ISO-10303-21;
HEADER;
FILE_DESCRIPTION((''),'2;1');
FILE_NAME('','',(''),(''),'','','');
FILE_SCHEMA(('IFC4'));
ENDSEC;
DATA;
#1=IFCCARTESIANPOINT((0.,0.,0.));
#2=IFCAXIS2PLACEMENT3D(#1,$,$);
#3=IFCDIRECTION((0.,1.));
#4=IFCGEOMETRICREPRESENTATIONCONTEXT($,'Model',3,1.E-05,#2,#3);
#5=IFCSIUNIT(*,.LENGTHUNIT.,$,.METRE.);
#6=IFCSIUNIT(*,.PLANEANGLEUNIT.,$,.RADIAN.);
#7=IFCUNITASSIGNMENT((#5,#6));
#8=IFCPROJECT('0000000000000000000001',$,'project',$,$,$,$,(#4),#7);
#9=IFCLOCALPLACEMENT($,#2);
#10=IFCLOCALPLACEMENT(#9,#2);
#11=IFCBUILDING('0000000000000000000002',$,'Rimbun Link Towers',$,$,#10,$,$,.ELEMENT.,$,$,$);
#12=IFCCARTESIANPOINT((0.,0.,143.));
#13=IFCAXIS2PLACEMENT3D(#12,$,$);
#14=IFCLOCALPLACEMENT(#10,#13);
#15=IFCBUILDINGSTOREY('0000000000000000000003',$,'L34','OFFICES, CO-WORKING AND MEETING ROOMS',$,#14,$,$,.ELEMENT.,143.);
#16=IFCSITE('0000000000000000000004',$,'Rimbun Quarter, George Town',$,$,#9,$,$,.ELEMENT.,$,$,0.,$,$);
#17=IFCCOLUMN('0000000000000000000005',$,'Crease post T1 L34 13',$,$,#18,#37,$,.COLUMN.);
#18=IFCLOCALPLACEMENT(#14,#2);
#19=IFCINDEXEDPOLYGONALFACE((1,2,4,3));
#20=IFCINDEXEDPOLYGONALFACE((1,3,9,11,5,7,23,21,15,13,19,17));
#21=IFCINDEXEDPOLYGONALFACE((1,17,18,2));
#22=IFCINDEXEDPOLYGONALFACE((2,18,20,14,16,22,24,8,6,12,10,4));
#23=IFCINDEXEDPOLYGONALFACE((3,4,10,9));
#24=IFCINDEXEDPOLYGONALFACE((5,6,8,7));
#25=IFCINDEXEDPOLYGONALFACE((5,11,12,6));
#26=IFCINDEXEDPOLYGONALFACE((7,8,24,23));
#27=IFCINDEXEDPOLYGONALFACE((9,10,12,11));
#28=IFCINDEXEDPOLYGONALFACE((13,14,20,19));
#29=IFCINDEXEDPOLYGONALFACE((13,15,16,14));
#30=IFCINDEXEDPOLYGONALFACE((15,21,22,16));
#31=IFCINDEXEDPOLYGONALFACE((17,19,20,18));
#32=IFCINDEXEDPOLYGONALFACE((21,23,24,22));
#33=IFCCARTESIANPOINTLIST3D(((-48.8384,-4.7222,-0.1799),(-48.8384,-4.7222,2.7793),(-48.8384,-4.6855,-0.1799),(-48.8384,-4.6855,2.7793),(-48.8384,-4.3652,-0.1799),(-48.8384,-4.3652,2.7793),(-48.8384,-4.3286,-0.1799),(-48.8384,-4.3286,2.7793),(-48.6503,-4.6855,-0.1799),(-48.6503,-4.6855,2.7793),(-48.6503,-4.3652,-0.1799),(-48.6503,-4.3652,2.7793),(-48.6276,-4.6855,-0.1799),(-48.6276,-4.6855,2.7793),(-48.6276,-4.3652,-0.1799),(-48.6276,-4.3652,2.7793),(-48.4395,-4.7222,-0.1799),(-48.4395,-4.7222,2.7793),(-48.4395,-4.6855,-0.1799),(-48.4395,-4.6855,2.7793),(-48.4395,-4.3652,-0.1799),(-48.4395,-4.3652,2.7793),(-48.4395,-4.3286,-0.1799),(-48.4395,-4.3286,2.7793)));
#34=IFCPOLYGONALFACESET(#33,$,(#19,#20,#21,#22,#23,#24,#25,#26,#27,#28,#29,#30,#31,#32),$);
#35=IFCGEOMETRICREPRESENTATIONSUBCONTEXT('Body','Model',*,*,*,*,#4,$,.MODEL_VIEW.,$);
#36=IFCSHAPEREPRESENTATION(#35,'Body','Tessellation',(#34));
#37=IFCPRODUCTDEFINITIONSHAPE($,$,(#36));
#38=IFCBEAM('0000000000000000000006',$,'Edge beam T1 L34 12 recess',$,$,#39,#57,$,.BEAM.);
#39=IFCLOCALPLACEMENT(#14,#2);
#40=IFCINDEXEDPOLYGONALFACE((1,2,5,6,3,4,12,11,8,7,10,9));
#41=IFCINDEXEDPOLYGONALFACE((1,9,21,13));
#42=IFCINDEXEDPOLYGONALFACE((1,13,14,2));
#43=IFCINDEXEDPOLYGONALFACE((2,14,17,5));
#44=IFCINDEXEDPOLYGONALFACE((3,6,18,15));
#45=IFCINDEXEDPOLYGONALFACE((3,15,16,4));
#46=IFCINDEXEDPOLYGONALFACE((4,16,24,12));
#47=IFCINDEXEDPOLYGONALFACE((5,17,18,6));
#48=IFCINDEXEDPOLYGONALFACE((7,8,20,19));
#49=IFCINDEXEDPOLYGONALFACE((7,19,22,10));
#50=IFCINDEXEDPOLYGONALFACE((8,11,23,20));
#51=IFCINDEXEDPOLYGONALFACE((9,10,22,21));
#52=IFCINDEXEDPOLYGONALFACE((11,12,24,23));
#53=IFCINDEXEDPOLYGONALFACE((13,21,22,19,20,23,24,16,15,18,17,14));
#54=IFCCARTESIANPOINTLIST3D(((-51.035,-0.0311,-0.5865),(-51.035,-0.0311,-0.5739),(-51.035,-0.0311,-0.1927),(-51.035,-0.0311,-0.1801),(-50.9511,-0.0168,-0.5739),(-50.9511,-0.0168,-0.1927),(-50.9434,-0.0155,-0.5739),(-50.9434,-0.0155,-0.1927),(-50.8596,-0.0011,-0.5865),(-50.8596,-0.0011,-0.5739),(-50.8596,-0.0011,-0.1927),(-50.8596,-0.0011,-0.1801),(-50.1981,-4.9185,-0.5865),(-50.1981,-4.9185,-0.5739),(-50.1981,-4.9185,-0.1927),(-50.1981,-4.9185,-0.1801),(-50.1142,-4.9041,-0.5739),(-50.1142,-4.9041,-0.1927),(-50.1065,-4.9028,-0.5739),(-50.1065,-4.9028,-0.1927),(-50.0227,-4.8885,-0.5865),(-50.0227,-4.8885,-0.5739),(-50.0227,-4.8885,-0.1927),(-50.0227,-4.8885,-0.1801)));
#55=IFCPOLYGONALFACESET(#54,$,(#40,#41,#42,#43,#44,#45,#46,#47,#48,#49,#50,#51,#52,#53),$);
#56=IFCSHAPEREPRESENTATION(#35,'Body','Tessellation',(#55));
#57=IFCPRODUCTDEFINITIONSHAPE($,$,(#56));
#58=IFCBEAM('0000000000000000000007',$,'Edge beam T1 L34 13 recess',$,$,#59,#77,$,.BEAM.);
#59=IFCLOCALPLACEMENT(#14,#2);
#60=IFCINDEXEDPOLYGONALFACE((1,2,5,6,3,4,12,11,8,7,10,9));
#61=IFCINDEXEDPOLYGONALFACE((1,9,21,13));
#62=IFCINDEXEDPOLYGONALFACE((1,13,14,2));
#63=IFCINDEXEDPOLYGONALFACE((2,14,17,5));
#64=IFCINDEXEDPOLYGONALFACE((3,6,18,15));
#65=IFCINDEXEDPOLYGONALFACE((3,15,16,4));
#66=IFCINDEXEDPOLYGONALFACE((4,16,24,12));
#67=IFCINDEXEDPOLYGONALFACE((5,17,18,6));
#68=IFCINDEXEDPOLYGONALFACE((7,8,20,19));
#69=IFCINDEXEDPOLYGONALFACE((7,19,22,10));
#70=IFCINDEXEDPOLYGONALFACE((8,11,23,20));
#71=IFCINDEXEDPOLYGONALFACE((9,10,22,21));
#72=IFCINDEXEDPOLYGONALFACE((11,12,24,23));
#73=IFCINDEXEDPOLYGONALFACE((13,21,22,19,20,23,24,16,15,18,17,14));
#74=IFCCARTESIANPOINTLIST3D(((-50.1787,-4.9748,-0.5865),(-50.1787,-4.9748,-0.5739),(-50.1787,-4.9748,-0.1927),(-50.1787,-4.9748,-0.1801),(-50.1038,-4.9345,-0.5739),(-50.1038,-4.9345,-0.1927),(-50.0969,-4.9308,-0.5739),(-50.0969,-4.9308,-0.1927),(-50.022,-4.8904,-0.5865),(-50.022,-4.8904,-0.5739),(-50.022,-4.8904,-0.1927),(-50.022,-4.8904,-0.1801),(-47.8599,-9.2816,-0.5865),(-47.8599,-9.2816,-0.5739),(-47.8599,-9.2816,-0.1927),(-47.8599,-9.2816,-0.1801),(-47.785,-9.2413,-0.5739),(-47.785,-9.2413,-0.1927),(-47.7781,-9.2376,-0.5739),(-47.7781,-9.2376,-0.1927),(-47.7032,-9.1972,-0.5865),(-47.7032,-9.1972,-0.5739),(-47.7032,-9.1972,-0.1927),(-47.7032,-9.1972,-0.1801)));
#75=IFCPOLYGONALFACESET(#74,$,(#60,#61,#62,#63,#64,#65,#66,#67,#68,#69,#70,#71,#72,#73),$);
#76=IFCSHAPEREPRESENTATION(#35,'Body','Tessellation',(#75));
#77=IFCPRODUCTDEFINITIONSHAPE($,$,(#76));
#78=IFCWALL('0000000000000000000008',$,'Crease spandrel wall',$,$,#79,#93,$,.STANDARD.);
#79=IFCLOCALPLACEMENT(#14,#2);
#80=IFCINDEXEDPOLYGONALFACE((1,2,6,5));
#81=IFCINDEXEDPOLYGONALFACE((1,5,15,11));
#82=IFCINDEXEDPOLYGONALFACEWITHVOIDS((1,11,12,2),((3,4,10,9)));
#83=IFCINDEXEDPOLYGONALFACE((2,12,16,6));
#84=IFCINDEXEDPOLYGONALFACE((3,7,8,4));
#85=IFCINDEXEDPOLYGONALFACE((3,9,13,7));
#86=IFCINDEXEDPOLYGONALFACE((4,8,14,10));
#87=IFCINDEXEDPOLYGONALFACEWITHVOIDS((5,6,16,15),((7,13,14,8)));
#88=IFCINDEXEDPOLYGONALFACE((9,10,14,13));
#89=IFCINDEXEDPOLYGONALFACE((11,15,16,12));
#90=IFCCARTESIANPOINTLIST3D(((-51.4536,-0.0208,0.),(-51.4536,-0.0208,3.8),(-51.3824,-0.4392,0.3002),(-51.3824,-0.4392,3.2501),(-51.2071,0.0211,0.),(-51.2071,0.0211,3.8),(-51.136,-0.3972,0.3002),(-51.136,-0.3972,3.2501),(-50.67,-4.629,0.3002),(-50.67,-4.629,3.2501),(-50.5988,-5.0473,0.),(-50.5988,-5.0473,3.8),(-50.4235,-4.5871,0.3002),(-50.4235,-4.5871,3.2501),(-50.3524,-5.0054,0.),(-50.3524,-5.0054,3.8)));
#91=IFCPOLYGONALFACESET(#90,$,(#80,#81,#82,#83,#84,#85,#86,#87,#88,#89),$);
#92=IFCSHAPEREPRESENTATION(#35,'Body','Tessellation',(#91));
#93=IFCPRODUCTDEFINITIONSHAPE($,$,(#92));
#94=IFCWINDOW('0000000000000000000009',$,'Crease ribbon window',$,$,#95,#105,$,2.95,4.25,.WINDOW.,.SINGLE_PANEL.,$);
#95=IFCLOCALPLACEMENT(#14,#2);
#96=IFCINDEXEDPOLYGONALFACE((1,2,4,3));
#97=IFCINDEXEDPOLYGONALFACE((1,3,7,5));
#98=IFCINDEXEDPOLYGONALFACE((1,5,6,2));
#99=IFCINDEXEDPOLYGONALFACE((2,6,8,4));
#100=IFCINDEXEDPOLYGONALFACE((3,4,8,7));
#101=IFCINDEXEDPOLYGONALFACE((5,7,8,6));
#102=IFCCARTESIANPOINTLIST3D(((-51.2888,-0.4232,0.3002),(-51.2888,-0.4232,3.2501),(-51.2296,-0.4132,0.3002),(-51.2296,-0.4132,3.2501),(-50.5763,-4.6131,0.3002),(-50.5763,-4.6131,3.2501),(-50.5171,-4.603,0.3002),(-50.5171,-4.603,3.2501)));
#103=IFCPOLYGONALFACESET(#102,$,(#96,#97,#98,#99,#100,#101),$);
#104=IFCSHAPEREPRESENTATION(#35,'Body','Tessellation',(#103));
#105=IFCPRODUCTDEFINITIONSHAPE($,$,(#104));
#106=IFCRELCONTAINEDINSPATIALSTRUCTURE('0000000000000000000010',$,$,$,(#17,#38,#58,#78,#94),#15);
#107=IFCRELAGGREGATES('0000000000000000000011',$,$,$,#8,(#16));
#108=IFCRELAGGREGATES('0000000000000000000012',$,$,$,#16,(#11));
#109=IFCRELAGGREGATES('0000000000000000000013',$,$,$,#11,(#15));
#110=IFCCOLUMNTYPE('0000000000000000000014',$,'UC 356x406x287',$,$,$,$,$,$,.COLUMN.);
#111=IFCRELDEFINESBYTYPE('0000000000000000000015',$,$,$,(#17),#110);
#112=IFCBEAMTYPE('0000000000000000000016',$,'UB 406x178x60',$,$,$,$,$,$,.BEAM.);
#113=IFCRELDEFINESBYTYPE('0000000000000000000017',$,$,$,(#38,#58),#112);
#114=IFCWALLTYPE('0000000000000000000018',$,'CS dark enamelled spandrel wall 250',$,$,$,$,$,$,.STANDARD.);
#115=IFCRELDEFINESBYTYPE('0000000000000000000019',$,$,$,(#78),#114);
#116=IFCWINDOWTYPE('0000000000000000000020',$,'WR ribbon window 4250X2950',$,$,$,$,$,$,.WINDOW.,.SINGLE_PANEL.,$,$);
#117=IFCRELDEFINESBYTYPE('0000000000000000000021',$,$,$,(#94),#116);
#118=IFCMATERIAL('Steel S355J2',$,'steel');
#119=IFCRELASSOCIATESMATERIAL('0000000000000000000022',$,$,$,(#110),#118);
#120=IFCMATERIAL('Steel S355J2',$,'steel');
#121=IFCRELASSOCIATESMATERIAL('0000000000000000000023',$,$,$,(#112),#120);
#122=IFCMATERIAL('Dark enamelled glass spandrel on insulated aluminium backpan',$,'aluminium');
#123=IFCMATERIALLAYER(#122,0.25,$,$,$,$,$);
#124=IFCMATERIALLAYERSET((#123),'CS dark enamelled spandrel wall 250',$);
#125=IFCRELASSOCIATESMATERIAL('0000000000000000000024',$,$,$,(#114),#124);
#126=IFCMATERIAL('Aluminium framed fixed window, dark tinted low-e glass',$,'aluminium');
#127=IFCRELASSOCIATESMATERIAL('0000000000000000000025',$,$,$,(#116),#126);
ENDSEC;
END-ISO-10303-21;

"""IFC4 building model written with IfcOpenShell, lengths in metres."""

from ifc_helpers import new_model, si_unit, direction, frame, frame_2d, origin, origin_2d, place, context, subcontext, project, spatial, rectangle, i_section, extrude, material, layer, layer_set, material_profile, profile_set, type_object, element, fill, save


model = new_model("IFC4")

# Units and contexts
model_context = context("Model", 3, precision=1e-05, world=origin(), true_north=direction((0.0, 1.0)))
body_context = subcontext(model_context, "Body", "Model", "MODEL_VIEW")
ifc_project = project(units=[si_unit("LENGTHUNIT", "METRE"), si_unit("PLANEANGLEUNIT", "RADIAN")], contexts=[model_context])

# Site, building, storey
site_placement = place(None, origin())
site = spatial("IfcSite", under=ifc_project, at=site_placement, Name="Rimbun Quarter, George Town", CompositionType="ELEMENT", RefElevation=0.0)
building_placement = place(site_placement, origin())
building = spatial("IfcBuilding", under=site, at=building_placement, Name="Rimbun Link Towers", CompositionType="ELEMENT")
storey_placement = place(building_placement, frame((0.0, 0.0, 143.0)))
storey = spatial("IfcBuildingStorey", under=building, at=storey_placement, Name="L34", Description="OFFICES, CO-WORKING AND MEETING ROOMS", CompositionType="ELEMENT", Elevation=143.0)

# Column
ifc_material_1 = material(Name="Steel S355J2", Category="steel")
ifc_material_profile_1 = material_profile(ifc_material_1, i_section(OverallWidth=0.3989, OverallDepth=0.3936, WebThickness=0.0227, FlangeThickness=0.0366, at=origin_2d()), Name="UC 356x406x287")
ifc_profile_set_1 = profile_set([ifc_material_profile_1], Name="Steel S355J2")
column_type = type_object("IfcColumnType", Name="UC 356x406x287", PredefinedType="COLUMN", material=ifc_profile_set_1)
column_placement = place(storey_placement, frame((-48.6389, -4.5254, -0.1799), z_axis=(0.0, 0.0, 1.0), x_axis=(1.0, 0.0, 0.0)))
element("IfcColumn", 1, at=column_placement, inside=storey, type_object=column_type, Name="Crease post T1 L34 13", PredefinedType="COLUMN", context=body_context, shape_type="SweptSolid", body=[
    extrude(i_section(OverallWidth=0.3989, OverallDepth=0.3936, WebThickness=0.0227, FlangeThickness=0.0366, at=origin_2d()), origin(), (0.0, 0.0, 1.0), 2.9592),
])

# Beams
ifc_material_2 = material(Name="Steel S355J2", Category="steel")
ifc_material_profile_2 = material_profile(ifc_material_2, i_section(OverallWidth=0.178, OverallDepth=0.4065, WebThickness=0.0078, FlangeThickness=0.0127, at=origin_2d()), Name="UB 406x178x60")
ifc_profile_set_2 = profile_set([ifc_material_profile_2], Name="Steel S355J2")
beam_type = type_object("IfcBeamType", Name="UB 406x178x60", PredefinedType="BEAM", material=ifc_profile_set_2)
beam_1_placement = place(storey_placement, frame((-50.9473, -0.0161, -0.3833), z_axis=(0.168781, -0.985654, 0.0), x_axis=(0.985654, 0.168781, 0.0)))
element("IfcBeam", 2, at=beam_1_placement, inside=storey, type_object=beam_type, Name="Edge beam T1 L34 12 recess", PredefinedType="BEAM", context=body_context, shape_type="SweptSolid", body=[
    extrude(i_section(OverallWidth=0.178, OverallDepth=0.4065, WebThickness=0.0078, FlangeThickness=0.0127, at=origin_2d()), origin(), (0.0, 0.0, 1.0), 4.9585),
])
beam_2_placement = place(storey_placement, frame((-50.1003, -4.9326, -0.3833), z_axis=(0.474061, -0.880492, 0.0), x_axis=(0.880492, 0.474061, 0.0)))
element("IfcBeam", 3, at=beam_2_placement, inside=storey, type_object=beam_type, Name="Edge beam T1 L34 13 recess", PredefinedType="BEAM", context=body_context, shape_type="SweptSolid", body=[
    extrude(i_section(OverallWidth=0.178, OverallDepth=0.4065, WebThickness=0.0078, FlangeThickness=0.0127, at=origin_2d()), origin(), (0.0, 0.0, 1.0), 4.8914),
])

# Wall, opening, window
ifc_material_3 = material(Name="Dark enamelled glass spandrel on insulated aluminium backpan", Category="aluminium")
ifc_layer_1 = layer(ifc_material_3, 0.25)
ifc_layer_set_1 = layer_set([ifc_layer_1], Name="CS dark enamelled spandrel wall 250")
wall_type_1 = type_object("IfcWallType", Name="CS dark enamelled spandrel wall 250", PredefinedType="STANDARD", material=ifc_layer_set_1)
wall_1_placement = place(storey_placement, frame((-50.4756, -5.0264, 0.0), z_axis=(0.0, 0.0, 1.0), x_axis=(-0.167644, 0.985848, 0.0)))
wall_1 = element("IfcWall", 4, at=wall_1_placement, inside=storey, type_object=wall_type_1, Name="Crease spandrel wall", PredefinedType="STANDARD", context=body_context, shape_type="SweptSolid", body=[
    extrude(rectangle(XDim=5.0986, YDim=0.25, at=frame_2d((2.5493, 0.0))), origin(), (0.0, 0.0, 1.0), 3.8),
])
opening_1_placement = place(wall_1_placement, frame((0.4243, 0.0, 0.3)))
opening_1 = element("IfcOpeningElement", 5, at=opening_1_placement, cuts=wall_1, PredefinedType="OPENING", context=body_context, shape_type="SweptSolid", body=[
    extrude(rectangle(XDim=4.25, YDim=2.95, at=frame_2d((2.125, 1.4751))), frame((0.0, 0.135, 0.0), z_axis=(0.0, -1.0, 0.0), x_axis=(1.0, 0.0, 0.0)), (0.0, 0.0, 1.0), 0.27),
])
ifc_material_4 = material(Name="Aluminium framed fixed window, dark tinted low-e glass", Category="aluminium")
window_type = type_object("IfcWindowType", Name="WR ribbon window 4250X2950", PartitioningType="SINGLE_PANEL", PredefinedType="WINDOW", material=ifc_material_4)
window_placement = place(opening_1_placement, origin())
window = element("IfcWindow", 6, at=window_placement, inside=storey, type_object=window_type, Name="Crease ribbon window", OverallHeight=2.95, OverallWidth=4.25, PartitioningType="SINGLE_PANEL", PredefinedType="WINDOW", context=body_context, shape_type="SweptSolid", body=[
    extrude(rectangle(XDim=4.25, YDim=2.95, at=frame_2d((2.125, 1.4751))), frame((0.0, 0.03, 0.0), z_axis=(0.0, -1.0, 0.0), x_axis=(1.0, 0.0, 0.0)), (0.0, 0.0, 1.0), 0.0601),
])
fill(opening_1, window)

save(model, "model.ifc")
